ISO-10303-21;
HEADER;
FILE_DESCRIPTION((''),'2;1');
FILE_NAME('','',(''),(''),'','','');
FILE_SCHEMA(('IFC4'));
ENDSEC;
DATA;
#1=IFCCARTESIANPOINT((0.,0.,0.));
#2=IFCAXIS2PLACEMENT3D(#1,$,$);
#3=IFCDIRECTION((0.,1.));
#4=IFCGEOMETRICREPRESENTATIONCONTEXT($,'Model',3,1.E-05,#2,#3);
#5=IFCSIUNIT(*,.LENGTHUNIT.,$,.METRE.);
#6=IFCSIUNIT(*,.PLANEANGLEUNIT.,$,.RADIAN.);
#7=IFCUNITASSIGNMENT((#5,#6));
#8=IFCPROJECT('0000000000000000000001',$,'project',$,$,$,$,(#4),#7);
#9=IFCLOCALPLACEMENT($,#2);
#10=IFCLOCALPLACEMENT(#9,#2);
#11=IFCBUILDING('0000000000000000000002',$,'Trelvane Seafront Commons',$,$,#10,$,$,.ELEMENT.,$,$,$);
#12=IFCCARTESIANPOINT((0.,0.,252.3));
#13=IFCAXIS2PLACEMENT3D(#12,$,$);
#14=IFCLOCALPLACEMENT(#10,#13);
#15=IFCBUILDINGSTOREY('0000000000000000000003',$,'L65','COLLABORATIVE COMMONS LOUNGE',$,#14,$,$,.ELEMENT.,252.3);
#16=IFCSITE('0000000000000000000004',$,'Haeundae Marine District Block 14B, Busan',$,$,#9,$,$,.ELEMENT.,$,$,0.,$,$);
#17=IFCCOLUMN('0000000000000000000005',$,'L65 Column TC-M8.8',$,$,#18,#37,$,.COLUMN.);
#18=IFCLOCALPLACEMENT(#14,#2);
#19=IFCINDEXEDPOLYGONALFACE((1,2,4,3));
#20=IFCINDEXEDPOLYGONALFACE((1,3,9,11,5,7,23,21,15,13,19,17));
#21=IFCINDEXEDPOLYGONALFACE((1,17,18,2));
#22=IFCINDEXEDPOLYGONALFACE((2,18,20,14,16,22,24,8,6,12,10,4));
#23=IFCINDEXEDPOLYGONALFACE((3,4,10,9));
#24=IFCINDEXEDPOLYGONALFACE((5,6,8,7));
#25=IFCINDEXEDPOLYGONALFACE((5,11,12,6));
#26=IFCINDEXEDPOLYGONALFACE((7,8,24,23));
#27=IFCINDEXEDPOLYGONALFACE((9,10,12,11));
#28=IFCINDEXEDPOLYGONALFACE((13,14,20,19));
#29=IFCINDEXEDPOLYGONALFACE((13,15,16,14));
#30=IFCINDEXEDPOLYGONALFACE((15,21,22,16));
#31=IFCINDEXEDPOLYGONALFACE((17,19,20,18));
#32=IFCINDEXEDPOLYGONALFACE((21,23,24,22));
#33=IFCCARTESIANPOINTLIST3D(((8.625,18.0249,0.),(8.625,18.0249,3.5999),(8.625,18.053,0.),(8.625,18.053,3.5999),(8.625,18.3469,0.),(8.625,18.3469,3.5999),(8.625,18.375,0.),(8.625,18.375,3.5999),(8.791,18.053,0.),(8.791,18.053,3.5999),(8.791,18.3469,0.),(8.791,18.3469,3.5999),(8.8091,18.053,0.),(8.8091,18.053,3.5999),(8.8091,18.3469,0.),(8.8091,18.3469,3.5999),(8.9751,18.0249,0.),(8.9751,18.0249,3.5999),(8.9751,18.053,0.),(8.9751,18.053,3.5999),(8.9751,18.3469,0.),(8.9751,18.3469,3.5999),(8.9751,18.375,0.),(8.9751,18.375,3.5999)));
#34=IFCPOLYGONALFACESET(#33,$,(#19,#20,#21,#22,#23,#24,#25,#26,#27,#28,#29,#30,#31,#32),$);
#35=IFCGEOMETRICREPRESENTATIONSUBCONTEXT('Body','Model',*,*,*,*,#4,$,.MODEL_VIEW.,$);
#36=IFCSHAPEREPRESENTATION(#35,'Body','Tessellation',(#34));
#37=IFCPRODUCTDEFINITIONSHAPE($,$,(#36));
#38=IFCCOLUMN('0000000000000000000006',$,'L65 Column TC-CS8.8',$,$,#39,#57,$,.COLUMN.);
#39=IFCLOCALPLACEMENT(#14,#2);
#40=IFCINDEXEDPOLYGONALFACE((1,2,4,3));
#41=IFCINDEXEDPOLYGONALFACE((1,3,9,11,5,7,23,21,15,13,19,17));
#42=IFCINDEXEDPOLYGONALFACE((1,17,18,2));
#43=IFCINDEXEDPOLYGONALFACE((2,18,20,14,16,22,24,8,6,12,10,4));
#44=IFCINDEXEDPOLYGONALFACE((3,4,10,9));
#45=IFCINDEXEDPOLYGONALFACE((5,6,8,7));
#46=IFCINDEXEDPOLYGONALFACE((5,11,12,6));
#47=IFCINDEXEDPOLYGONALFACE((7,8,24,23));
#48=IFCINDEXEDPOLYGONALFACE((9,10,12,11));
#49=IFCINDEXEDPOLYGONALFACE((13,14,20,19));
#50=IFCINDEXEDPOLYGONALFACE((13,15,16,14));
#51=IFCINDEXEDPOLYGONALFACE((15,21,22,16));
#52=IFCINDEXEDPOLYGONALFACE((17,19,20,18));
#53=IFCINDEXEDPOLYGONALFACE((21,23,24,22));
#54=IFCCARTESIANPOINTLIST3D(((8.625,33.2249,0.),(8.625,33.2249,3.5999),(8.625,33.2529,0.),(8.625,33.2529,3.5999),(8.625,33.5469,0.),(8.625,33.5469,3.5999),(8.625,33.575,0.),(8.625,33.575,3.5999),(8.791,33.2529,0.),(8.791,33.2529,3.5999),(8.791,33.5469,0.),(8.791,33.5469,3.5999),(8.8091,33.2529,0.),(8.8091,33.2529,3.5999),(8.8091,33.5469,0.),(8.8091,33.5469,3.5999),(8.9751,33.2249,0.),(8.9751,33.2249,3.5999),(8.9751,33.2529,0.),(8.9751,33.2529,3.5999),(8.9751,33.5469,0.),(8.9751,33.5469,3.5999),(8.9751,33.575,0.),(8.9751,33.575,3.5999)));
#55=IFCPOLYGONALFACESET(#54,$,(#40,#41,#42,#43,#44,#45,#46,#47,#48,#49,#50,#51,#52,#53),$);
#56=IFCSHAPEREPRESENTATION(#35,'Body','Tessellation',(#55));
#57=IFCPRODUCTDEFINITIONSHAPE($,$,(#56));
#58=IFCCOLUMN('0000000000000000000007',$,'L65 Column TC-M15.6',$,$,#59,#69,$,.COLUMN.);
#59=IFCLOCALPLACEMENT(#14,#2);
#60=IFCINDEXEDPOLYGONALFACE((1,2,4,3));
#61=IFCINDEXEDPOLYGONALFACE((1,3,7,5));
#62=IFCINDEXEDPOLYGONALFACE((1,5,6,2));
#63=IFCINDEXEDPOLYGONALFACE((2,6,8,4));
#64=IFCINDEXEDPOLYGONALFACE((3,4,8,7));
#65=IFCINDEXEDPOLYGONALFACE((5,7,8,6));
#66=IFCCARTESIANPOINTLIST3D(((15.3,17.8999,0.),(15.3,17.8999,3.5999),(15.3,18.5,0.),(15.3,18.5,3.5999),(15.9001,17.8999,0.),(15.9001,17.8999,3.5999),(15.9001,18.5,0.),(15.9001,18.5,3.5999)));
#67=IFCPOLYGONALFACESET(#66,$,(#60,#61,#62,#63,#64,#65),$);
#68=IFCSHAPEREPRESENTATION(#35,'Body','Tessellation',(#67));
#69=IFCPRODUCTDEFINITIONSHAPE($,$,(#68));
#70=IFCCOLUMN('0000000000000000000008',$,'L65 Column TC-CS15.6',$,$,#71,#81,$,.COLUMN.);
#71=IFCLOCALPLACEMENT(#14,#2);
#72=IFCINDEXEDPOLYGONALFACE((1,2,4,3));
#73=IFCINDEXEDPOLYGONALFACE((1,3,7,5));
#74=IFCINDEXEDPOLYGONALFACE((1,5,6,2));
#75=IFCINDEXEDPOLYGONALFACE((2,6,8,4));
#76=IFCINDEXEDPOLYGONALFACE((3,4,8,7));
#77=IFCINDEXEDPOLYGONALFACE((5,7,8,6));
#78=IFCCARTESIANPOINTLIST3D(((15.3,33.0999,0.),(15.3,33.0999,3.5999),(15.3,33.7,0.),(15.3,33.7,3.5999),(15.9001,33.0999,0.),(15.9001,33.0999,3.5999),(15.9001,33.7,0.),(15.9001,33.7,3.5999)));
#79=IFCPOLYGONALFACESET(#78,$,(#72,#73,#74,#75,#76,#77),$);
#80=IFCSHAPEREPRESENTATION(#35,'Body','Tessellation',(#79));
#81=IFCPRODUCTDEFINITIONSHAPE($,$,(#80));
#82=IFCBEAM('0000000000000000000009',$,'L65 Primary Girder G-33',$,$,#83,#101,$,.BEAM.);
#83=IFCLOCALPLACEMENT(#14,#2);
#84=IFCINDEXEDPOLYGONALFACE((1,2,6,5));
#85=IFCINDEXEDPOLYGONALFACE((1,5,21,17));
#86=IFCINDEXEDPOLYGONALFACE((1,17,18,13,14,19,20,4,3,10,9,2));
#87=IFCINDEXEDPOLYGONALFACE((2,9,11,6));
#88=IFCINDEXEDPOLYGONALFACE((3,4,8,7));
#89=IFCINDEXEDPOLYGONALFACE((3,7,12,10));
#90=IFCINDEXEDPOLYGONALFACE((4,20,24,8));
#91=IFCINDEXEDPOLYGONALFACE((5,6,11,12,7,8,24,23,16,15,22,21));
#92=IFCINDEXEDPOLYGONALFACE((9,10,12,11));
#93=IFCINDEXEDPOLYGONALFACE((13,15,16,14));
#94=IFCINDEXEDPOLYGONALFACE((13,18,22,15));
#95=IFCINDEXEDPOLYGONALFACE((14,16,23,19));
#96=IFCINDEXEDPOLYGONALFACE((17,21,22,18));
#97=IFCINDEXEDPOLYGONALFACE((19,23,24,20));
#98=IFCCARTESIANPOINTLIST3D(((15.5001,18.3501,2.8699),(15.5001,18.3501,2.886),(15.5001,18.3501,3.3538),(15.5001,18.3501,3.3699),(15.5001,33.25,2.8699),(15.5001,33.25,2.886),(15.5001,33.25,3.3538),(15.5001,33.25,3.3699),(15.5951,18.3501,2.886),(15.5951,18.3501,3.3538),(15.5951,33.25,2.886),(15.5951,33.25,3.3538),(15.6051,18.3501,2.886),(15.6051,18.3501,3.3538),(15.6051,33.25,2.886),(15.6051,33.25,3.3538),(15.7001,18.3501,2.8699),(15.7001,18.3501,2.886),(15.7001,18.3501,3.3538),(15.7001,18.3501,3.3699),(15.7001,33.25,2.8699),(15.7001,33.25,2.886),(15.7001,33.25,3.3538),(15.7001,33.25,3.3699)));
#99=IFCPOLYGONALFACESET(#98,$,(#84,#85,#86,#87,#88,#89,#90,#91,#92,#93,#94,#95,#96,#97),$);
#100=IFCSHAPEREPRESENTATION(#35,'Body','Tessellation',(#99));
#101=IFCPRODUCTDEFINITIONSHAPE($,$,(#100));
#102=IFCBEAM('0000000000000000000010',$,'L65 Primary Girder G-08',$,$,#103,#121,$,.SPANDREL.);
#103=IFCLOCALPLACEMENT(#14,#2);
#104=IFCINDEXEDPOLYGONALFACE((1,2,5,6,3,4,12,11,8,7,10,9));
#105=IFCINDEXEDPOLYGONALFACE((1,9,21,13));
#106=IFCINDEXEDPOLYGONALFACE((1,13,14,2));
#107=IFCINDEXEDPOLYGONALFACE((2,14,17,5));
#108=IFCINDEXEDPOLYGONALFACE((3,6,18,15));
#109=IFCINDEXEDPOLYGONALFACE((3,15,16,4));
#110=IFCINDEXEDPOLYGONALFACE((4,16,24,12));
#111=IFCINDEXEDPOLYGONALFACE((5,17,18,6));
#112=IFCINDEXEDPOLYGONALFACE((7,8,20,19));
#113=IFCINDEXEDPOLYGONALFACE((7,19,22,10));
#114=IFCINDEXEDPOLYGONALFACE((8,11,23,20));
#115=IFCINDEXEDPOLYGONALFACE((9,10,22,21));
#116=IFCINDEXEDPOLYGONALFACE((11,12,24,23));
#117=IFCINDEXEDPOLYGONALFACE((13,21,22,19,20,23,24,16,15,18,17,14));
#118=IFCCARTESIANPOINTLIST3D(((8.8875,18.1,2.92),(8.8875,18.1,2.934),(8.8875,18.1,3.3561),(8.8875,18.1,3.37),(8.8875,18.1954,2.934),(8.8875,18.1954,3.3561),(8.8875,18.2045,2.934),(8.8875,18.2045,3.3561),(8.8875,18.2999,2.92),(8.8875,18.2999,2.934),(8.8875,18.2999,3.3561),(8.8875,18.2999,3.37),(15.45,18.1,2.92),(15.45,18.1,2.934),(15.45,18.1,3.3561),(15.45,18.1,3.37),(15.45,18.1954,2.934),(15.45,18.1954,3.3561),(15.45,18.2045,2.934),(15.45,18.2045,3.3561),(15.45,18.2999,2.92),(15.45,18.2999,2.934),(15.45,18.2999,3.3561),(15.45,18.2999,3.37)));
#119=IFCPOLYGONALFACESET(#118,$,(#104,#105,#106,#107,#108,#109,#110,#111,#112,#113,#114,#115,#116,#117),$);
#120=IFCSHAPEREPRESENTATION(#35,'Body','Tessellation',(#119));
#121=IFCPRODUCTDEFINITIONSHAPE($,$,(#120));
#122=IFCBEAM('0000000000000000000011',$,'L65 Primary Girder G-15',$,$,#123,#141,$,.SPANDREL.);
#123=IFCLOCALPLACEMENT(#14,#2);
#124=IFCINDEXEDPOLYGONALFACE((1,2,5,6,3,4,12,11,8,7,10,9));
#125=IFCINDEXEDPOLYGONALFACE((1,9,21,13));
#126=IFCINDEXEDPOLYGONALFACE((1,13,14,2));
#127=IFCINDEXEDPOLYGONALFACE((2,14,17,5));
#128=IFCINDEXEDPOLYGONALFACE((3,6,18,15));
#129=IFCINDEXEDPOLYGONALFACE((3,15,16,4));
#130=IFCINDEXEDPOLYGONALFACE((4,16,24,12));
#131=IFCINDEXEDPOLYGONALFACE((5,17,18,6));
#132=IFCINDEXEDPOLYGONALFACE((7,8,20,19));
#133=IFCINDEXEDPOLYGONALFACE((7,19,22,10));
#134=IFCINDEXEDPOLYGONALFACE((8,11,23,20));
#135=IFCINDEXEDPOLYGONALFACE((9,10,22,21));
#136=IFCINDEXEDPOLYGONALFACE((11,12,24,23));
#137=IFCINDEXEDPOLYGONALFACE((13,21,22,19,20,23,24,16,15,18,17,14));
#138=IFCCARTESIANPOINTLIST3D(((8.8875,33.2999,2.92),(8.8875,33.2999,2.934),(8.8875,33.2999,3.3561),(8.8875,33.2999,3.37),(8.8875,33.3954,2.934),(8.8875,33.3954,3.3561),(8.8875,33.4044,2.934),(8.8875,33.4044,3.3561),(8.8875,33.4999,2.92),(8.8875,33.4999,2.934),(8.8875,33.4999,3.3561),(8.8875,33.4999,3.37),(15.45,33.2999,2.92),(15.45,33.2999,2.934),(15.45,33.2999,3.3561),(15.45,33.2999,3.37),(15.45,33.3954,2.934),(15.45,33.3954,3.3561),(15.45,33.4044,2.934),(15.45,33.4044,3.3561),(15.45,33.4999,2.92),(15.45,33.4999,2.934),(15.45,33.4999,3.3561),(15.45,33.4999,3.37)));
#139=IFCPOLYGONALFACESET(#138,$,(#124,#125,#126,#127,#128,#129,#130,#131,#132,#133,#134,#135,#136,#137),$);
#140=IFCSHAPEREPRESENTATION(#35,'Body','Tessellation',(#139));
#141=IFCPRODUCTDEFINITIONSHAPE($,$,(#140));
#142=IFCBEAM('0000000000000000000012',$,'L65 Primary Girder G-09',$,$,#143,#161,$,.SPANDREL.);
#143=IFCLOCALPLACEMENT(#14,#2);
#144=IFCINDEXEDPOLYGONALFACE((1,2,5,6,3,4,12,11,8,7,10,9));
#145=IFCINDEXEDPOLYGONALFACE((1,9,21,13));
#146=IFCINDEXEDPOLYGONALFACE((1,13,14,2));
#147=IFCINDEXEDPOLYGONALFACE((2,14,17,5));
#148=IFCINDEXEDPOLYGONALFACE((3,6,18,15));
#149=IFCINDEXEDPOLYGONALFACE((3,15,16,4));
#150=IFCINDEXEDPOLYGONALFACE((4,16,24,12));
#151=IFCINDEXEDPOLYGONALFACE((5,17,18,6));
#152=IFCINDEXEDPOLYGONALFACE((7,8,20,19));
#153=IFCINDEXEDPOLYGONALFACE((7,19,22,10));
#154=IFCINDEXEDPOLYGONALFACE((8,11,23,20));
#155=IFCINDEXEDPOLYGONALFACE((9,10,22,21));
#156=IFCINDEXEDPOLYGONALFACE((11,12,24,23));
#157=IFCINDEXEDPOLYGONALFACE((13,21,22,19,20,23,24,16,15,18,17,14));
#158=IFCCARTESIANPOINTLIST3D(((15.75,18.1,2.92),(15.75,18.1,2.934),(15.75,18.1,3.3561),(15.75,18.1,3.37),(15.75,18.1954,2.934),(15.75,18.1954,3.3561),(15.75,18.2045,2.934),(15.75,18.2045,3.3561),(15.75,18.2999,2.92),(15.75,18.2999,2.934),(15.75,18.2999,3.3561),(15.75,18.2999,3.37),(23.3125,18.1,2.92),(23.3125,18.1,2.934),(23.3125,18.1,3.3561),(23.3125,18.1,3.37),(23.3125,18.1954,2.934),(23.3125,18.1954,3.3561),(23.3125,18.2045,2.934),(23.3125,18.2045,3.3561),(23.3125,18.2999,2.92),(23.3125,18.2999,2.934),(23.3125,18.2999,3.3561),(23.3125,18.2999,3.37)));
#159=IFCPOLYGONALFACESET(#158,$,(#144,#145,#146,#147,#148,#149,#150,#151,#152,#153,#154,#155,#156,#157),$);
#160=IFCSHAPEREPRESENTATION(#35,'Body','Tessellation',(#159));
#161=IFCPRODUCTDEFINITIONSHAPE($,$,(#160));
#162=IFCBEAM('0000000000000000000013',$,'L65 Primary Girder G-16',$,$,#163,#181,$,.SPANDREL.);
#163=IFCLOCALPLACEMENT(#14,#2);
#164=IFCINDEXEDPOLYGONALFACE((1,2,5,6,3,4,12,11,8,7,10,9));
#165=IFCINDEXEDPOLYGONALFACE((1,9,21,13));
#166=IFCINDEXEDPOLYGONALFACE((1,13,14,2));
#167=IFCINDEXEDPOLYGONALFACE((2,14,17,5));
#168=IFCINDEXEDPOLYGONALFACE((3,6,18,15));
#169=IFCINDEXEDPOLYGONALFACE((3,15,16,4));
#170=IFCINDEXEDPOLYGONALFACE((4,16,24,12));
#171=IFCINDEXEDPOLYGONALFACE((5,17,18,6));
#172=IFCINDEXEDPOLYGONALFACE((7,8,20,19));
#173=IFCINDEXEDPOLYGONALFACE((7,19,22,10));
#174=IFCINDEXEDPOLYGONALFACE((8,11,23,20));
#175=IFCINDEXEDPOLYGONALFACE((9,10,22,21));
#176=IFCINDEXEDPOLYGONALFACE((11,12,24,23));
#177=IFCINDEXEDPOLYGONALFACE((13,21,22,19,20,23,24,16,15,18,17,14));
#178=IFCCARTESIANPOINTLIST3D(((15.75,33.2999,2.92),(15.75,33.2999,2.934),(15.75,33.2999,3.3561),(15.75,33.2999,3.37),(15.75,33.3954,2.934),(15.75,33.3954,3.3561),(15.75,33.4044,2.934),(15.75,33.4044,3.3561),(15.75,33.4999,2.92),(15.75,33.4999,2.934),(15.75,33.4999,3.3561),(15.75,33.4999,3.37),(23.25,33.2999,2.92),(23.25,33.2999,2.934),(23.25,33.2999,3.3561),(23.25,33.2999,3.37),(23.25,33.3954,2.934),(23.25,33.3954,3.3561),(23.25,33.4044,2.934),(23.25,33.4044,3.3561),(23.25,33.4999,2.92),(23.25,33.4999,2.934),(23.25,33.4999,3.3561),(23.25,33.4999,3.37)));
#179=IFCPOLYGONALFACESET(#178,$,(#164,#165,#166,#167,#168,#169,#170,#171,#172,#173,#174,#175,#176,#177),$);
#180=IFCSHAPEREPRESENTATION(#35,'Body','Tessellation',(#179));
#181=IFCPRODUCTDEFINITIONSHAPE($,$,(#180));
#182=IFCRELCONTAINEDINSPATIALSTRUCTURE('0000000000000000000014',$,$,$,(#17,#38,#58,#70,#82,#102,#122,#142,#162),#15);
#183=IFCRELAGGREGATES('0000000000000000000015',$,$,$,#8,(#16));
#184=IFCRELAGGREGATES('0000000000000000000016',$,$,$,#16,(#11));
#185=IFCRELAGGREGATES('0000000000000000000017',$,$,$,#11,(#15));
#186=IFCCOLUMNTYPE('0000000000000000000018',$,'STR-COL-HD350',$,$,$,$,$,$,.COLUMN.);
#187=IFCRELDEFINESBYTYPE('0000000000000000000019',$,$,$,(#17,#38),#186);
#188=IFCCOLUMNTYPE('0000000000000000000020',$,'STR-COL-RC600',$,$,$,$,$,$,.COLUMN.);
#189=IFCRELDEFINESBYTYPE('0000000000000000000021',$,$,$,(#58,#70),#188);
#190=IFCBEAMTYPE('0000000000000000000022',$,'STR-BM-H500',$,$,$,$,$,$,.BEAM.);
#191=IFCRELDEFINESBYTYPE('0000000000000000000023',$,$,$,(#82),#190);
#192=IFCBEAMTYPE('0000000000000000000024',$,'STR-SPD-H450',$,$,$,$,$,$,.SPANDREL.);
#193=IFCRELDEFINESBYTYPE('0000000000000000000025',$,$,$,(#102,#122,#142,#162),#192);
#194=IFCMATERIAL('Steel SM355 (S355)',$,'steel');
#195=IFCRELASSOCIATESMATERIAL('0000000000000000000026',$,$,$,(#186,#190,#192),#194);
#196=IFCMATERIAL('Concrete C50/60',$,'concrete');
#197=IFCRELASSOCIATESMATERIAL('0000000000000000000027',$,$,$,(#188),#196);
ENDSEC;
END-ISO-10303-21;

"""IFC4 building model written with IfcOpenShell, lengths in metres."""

from ifc_helpers import new_model, si_unit, direction, frame, origin, origin_2d, place, context, subcontext, project, spatial, rectangle, i_section, extrude, source, transform, mapped, material, material_profile, profile_set, type_object, element, save


model = new_model("IFC4")

# Units and contexts
model_context = context("Model", 3, precision=1e-05, world=origin(), true_north=direction((0.0, 1.0)))
body_context = subcontext(model_context, "Body", "Model", "MODEL_VIEW")
ifc_project = project(units=[si_unit("LENGTHUNIT", "METRE"), si_unit("PLANEANGLEUNIT", "RADIAN")], contexts=[model_context])

# Site, building, storey
site_placement = place(None, origin())
site = spatial("IfcSite", under=ifc_project, at=site_placement, Name="Haeundae Marine District Block 14B, Busan", CompositionType="ELEMENT", RefElevation=0.0)
building_placement = place(site_placement, origin())
building = spatial("IfcBuilding", under=site, at=building_placement, Name="Trelvane Seafront Commons", CompositionType="ELEMENT")
storey_placement = place(building_placement, frame((0.0, 0.0, 252.3)))
storey = spatial("IfcBuildingStorey", under=building, at=storey_placement, Name="L65", Description="COLLABORATIVE COMMONS LOUNGE", CompositionType="ELEMENT", Elevation=252.3)

# Columns
ifc_material_1 = material(Name="Steel SM355 (S355)", Category="steel")
ifc_material_profile_1 = material_profile(ifc_material_1, i_section(OverallWidth=0.3501, OverallDepth=0.3501, WebThickness=0.0181, FlangeThickness=0.0281, at=origin_2d()), Name="HD-350x350x18x28")
ifc_profile_set_1 = profile_set([ifc_material_profile_1], Name="Steel SM355 (S355)")
column_type_1 = type_object("IfcColumnType", Name="STR-COL-HD350", PredefinedType="COLUMN", material=ifc_profile_set_1)
shared_shape_1 = source(origin(), body_context, "Body", "SweptSolid", [
    extrude(i_section(OverallWidth=0.3501, OverallDepth=0.3501, WebThickness=0.0181, FlangeThickness=0.0281, at=origin_2d()), origin(), (0.0, 0.0, 1.0), 3.5999),
])
for number, where, z_axis, x_axis, name in (
    (1, (8.8, 18.2, 0.0), (0.0, 0.0, 1.0), (1.0, 0.0, 0.0), "L65 Column TC-M8.8"),
    (2, (8.8, 33.3999, 0.0), (0.0, 0.0, 1.0), (1.0, 0.0, 0.0), "L65 Column TC-CS8.8"),
):
    element("IfcColumn", number, at=place(storey_placement, frame(where, z_axis=z_axis, x_axis=x_axis)), inside=storey, type_object=column_type_1, Name=name, PredefinedType="COLUMN", context=body_context, shape_type="MappedRepresentation", body=[
        mapped(shared_shape_1, transform((0.0, 0.0, 0.0), x_axis=(1.0, 0.0, 0.0), y_axis=(0.0, 1.0, 0.0), z_axis=(0.0, 0.0, 1.0), scale=1.0)),
    ])
ifc_material_2 = material(Name="Concrete C50/60", Category="concrete")
ifc_material_profile_2 = material_profile(ifc_material_2, rectangle(XDim=0.6001, YDim=0.6001, at=origin_2d()), Name="RC-600x600")
ifc_profile_set_2 = profile_set([ifc_material_profile_2], Name="Concrete C50/60")
column_type_2 = type_object("IfcColumnType", Name="STR-COL-RC600", PredefinedType="COLUMN", material=ifc_profile_set_2)
shared_shape_2 = source(origin(), body_context, "Body", "SweptSolid", [
    extrude(rectangle(XDim=0.6001, YDim=0.6001, at=origin_2d()), origin(), (0.0, 0.0, 1.0), 3.5999),
])
for number, where, z_axis, x_axis, name in (
    (3, (15.6001, 18.2, 0.0), (0.0, 0.0, 1.0), (1.0, 0.0, 0.0), "L65 Column TC-M15.6"),
    (4, (15.6001, 33.3999, 0.0), (0.0, 0.0, 1.0), (1.0, 0.0, 0.0), "L65 Column TC-CS15.6"),
):
    element("IfcColumn", number, at=place(storey_placement, frame(where, z_axis=z_axis, x_axis=x_axis)), inside=storey, type_object=column_type_2, Name=name, PredefinedType="COLUMN", context=body_context, shape_type="MappedRepresentation", body=[
        mapped(shared_shape_2, transform((0.0, 0.0, 0.0), x_axis=(1.0, 0.0, 0.0), y_axis=(0.0, 1.0, 0.0), z_axis=(0.0, 0.0, 1.0), scale=1.0)),
    ])

# Beams
ifc_material_profile_3 = material_profile(ifc_material_1, i_section(OverallWidth=0.2, OverallDepth=0.5, WebThickness=0.01, FlangeThickness=0.0161, at=origin_2d()), Name="H-500x200x10x16")
ifc_profile_set_3 = profile_set([ifc_material_profile_3], Name="Steel SM355 (S355)")
beam_type_1 = type_object("IfcBeamType", Name="STR-BM-H500", PredefinedType="BEAM", material=ifc_profile_set_3)
shared_shape_3 = source(origin(), body_context, "Body", "SweptSolid", [
    extrude(i_section(OverallWidth=0.2, OverallDepth=0.5, WebThickness=0.01, FlangeThickness=0.0161, at=origin_2d()), origin(), (0.0, 0.0, 1.0), 14.8999),
])
beam_1_placement = place(storey_placement, frame((15.6001, 18.3501, 3.1199), z_axis=(0.0, 1.0, 0.0), x_axis=(-1.0, 0.0, 0.0)))
element("IfcBeam", 5, at=beam_1_placement, inside=storey, type_object=beam_type_1, Name="L65 Primary Girder G-33", PredefinedType="BEAM", context=body_context, shape_type="MappedRepresentation", body=[
    mapped(shared_shape_3, transform((0.0, 0.0, 0.0), x_axis=(1.0, 0.0, 0.0), y_axis=(0.0, 1.0, 0.0), z_axis=(0.0, 0.0, 1.0), scale=1.0)),
])
ifc_material_profile_4 = material_profile(ifc_material_1, i_section(OverallWidth=0.2, OverallDepth=0.45, WebThickness=0.009, FlangeThickness=0.0139, at=origin_2d()), Name="H-450x200x9x14")
ifc_profile_set_4 = profile_set([ifc_material_profile_4], Name="Steel SM355 (S355)")
beam_type_2 = type_object("IfcBeamType", Name="STR-SPD-H450", PredefinedType="SPANDREL", material=ifc_profile_set_4)
shared_shape_4 = source(origin(), body_context, "Body", "SweptSolid", [
    extrude(i_section(OverallWidth=0.2, OverallDepth=0.45, WebThickness=0.009, FlangeThickness=0.0139, at=origin_2d()), origin(), (0.0, 0.0, 1.0), 6.5625),
])
for number, where, z_axis, x_axis, name in (
    (6, (8.8875, 18.2, 3.145), (1.0, 0.0, 0.0), (0.0, 1.0, 0.0), "L65 Primary Girder G-08"),
    (7, (8.8875, 33.3999, 3.145), (1.0, 0.0, 0.0), (0.0, 1.0, 0.0), "L65 Primary Girder G-15"),
):
    element("IfcBeam", number, at=place(storey_placement, frame(where, z_axis=z_axis, x_axis=x_axis)), inside=storey, type_object=beam_type_2, Name=name, PredefinedType="SPANDREL", context=body_context, shape_type="MappedRepresentation", body=[
        mapped(shared_shape_4, transform((0.0, 0.0, 0.0), x_axis=(1.0, 0.0, 0.0), y_axis=(0.0, 1.0, 0.0), z_axis=(0.0, 0.0, 1.0), scale=1.0)),
    ])
shared_shape_5 = source(origin(), body_context, "Body", "SweptSolid", [
    extrude(i_section(OverallWidth=0.2, OverallDepth=0.45, WebThickness=0.009, FlangeThickness=0.0139, at=origin_2d()), origin(), (0.0, 0.0, 1.0), 7.5625),
])
beam_2_placement = place(storey_placement, frame((15.75, 18.2, 3.145), z_axis=(1.0, 0.0, 0.0), x_axis=(0.0, 1.0, 0.0)))
element("IfcBeam", 8, at=beam_2_placement, inside=storey, type_object=beam_type_2, Name="L65 Primary Girder G-09", PredefinedType="SPANDREL", context=body_context, shape_type="MappedRepresentation", body=[
    mapped(shared_shape_5, transform((0.0, 0.0, 0.0), x_axis=(1.0, 0.0, 0.0), y_axis=(0.0, 1.0, 0.0), z_axis=(0.0, 0.0, 1.0), scale=1.0)),
])
shared_shape_6 = source(origin(), body_context, "Body", "SweptSolid", [
    extrude(i_section(OverallWidth=0.2, OverallDepth=0.45, WebThickness=0.009, FlangeThickness=0.0139, at=origin_2d()), origin(), (0.0, 0.0, 1.0), 7.5),
])
beam_3_placement = place(storey_placement, frame((15.75, 33.3999, 3.145), z_axis=(1.0, 0.0, 0.0), x_axis=(0.0, 1.0, 0.0)))
element("IfcBeam", 9, at=beam_3_placement, inside=storey, type_object=beam_type_2, Name="L65 Primary Girder G-16", PredefinedType="SPANDREL", context=body_context, shape_type="MappedRepresentation", body=[
    mapped(shared_shape_6, transform((0.0, 0.0, 0.0), x_axis=(1.0, 0.0, 0.0), y_axis=(0.0, 1.0, 0.0), z_axis=(0.0, 0.0, 1.0), scale=1.0)),
])

save(model, "model.ifc")
